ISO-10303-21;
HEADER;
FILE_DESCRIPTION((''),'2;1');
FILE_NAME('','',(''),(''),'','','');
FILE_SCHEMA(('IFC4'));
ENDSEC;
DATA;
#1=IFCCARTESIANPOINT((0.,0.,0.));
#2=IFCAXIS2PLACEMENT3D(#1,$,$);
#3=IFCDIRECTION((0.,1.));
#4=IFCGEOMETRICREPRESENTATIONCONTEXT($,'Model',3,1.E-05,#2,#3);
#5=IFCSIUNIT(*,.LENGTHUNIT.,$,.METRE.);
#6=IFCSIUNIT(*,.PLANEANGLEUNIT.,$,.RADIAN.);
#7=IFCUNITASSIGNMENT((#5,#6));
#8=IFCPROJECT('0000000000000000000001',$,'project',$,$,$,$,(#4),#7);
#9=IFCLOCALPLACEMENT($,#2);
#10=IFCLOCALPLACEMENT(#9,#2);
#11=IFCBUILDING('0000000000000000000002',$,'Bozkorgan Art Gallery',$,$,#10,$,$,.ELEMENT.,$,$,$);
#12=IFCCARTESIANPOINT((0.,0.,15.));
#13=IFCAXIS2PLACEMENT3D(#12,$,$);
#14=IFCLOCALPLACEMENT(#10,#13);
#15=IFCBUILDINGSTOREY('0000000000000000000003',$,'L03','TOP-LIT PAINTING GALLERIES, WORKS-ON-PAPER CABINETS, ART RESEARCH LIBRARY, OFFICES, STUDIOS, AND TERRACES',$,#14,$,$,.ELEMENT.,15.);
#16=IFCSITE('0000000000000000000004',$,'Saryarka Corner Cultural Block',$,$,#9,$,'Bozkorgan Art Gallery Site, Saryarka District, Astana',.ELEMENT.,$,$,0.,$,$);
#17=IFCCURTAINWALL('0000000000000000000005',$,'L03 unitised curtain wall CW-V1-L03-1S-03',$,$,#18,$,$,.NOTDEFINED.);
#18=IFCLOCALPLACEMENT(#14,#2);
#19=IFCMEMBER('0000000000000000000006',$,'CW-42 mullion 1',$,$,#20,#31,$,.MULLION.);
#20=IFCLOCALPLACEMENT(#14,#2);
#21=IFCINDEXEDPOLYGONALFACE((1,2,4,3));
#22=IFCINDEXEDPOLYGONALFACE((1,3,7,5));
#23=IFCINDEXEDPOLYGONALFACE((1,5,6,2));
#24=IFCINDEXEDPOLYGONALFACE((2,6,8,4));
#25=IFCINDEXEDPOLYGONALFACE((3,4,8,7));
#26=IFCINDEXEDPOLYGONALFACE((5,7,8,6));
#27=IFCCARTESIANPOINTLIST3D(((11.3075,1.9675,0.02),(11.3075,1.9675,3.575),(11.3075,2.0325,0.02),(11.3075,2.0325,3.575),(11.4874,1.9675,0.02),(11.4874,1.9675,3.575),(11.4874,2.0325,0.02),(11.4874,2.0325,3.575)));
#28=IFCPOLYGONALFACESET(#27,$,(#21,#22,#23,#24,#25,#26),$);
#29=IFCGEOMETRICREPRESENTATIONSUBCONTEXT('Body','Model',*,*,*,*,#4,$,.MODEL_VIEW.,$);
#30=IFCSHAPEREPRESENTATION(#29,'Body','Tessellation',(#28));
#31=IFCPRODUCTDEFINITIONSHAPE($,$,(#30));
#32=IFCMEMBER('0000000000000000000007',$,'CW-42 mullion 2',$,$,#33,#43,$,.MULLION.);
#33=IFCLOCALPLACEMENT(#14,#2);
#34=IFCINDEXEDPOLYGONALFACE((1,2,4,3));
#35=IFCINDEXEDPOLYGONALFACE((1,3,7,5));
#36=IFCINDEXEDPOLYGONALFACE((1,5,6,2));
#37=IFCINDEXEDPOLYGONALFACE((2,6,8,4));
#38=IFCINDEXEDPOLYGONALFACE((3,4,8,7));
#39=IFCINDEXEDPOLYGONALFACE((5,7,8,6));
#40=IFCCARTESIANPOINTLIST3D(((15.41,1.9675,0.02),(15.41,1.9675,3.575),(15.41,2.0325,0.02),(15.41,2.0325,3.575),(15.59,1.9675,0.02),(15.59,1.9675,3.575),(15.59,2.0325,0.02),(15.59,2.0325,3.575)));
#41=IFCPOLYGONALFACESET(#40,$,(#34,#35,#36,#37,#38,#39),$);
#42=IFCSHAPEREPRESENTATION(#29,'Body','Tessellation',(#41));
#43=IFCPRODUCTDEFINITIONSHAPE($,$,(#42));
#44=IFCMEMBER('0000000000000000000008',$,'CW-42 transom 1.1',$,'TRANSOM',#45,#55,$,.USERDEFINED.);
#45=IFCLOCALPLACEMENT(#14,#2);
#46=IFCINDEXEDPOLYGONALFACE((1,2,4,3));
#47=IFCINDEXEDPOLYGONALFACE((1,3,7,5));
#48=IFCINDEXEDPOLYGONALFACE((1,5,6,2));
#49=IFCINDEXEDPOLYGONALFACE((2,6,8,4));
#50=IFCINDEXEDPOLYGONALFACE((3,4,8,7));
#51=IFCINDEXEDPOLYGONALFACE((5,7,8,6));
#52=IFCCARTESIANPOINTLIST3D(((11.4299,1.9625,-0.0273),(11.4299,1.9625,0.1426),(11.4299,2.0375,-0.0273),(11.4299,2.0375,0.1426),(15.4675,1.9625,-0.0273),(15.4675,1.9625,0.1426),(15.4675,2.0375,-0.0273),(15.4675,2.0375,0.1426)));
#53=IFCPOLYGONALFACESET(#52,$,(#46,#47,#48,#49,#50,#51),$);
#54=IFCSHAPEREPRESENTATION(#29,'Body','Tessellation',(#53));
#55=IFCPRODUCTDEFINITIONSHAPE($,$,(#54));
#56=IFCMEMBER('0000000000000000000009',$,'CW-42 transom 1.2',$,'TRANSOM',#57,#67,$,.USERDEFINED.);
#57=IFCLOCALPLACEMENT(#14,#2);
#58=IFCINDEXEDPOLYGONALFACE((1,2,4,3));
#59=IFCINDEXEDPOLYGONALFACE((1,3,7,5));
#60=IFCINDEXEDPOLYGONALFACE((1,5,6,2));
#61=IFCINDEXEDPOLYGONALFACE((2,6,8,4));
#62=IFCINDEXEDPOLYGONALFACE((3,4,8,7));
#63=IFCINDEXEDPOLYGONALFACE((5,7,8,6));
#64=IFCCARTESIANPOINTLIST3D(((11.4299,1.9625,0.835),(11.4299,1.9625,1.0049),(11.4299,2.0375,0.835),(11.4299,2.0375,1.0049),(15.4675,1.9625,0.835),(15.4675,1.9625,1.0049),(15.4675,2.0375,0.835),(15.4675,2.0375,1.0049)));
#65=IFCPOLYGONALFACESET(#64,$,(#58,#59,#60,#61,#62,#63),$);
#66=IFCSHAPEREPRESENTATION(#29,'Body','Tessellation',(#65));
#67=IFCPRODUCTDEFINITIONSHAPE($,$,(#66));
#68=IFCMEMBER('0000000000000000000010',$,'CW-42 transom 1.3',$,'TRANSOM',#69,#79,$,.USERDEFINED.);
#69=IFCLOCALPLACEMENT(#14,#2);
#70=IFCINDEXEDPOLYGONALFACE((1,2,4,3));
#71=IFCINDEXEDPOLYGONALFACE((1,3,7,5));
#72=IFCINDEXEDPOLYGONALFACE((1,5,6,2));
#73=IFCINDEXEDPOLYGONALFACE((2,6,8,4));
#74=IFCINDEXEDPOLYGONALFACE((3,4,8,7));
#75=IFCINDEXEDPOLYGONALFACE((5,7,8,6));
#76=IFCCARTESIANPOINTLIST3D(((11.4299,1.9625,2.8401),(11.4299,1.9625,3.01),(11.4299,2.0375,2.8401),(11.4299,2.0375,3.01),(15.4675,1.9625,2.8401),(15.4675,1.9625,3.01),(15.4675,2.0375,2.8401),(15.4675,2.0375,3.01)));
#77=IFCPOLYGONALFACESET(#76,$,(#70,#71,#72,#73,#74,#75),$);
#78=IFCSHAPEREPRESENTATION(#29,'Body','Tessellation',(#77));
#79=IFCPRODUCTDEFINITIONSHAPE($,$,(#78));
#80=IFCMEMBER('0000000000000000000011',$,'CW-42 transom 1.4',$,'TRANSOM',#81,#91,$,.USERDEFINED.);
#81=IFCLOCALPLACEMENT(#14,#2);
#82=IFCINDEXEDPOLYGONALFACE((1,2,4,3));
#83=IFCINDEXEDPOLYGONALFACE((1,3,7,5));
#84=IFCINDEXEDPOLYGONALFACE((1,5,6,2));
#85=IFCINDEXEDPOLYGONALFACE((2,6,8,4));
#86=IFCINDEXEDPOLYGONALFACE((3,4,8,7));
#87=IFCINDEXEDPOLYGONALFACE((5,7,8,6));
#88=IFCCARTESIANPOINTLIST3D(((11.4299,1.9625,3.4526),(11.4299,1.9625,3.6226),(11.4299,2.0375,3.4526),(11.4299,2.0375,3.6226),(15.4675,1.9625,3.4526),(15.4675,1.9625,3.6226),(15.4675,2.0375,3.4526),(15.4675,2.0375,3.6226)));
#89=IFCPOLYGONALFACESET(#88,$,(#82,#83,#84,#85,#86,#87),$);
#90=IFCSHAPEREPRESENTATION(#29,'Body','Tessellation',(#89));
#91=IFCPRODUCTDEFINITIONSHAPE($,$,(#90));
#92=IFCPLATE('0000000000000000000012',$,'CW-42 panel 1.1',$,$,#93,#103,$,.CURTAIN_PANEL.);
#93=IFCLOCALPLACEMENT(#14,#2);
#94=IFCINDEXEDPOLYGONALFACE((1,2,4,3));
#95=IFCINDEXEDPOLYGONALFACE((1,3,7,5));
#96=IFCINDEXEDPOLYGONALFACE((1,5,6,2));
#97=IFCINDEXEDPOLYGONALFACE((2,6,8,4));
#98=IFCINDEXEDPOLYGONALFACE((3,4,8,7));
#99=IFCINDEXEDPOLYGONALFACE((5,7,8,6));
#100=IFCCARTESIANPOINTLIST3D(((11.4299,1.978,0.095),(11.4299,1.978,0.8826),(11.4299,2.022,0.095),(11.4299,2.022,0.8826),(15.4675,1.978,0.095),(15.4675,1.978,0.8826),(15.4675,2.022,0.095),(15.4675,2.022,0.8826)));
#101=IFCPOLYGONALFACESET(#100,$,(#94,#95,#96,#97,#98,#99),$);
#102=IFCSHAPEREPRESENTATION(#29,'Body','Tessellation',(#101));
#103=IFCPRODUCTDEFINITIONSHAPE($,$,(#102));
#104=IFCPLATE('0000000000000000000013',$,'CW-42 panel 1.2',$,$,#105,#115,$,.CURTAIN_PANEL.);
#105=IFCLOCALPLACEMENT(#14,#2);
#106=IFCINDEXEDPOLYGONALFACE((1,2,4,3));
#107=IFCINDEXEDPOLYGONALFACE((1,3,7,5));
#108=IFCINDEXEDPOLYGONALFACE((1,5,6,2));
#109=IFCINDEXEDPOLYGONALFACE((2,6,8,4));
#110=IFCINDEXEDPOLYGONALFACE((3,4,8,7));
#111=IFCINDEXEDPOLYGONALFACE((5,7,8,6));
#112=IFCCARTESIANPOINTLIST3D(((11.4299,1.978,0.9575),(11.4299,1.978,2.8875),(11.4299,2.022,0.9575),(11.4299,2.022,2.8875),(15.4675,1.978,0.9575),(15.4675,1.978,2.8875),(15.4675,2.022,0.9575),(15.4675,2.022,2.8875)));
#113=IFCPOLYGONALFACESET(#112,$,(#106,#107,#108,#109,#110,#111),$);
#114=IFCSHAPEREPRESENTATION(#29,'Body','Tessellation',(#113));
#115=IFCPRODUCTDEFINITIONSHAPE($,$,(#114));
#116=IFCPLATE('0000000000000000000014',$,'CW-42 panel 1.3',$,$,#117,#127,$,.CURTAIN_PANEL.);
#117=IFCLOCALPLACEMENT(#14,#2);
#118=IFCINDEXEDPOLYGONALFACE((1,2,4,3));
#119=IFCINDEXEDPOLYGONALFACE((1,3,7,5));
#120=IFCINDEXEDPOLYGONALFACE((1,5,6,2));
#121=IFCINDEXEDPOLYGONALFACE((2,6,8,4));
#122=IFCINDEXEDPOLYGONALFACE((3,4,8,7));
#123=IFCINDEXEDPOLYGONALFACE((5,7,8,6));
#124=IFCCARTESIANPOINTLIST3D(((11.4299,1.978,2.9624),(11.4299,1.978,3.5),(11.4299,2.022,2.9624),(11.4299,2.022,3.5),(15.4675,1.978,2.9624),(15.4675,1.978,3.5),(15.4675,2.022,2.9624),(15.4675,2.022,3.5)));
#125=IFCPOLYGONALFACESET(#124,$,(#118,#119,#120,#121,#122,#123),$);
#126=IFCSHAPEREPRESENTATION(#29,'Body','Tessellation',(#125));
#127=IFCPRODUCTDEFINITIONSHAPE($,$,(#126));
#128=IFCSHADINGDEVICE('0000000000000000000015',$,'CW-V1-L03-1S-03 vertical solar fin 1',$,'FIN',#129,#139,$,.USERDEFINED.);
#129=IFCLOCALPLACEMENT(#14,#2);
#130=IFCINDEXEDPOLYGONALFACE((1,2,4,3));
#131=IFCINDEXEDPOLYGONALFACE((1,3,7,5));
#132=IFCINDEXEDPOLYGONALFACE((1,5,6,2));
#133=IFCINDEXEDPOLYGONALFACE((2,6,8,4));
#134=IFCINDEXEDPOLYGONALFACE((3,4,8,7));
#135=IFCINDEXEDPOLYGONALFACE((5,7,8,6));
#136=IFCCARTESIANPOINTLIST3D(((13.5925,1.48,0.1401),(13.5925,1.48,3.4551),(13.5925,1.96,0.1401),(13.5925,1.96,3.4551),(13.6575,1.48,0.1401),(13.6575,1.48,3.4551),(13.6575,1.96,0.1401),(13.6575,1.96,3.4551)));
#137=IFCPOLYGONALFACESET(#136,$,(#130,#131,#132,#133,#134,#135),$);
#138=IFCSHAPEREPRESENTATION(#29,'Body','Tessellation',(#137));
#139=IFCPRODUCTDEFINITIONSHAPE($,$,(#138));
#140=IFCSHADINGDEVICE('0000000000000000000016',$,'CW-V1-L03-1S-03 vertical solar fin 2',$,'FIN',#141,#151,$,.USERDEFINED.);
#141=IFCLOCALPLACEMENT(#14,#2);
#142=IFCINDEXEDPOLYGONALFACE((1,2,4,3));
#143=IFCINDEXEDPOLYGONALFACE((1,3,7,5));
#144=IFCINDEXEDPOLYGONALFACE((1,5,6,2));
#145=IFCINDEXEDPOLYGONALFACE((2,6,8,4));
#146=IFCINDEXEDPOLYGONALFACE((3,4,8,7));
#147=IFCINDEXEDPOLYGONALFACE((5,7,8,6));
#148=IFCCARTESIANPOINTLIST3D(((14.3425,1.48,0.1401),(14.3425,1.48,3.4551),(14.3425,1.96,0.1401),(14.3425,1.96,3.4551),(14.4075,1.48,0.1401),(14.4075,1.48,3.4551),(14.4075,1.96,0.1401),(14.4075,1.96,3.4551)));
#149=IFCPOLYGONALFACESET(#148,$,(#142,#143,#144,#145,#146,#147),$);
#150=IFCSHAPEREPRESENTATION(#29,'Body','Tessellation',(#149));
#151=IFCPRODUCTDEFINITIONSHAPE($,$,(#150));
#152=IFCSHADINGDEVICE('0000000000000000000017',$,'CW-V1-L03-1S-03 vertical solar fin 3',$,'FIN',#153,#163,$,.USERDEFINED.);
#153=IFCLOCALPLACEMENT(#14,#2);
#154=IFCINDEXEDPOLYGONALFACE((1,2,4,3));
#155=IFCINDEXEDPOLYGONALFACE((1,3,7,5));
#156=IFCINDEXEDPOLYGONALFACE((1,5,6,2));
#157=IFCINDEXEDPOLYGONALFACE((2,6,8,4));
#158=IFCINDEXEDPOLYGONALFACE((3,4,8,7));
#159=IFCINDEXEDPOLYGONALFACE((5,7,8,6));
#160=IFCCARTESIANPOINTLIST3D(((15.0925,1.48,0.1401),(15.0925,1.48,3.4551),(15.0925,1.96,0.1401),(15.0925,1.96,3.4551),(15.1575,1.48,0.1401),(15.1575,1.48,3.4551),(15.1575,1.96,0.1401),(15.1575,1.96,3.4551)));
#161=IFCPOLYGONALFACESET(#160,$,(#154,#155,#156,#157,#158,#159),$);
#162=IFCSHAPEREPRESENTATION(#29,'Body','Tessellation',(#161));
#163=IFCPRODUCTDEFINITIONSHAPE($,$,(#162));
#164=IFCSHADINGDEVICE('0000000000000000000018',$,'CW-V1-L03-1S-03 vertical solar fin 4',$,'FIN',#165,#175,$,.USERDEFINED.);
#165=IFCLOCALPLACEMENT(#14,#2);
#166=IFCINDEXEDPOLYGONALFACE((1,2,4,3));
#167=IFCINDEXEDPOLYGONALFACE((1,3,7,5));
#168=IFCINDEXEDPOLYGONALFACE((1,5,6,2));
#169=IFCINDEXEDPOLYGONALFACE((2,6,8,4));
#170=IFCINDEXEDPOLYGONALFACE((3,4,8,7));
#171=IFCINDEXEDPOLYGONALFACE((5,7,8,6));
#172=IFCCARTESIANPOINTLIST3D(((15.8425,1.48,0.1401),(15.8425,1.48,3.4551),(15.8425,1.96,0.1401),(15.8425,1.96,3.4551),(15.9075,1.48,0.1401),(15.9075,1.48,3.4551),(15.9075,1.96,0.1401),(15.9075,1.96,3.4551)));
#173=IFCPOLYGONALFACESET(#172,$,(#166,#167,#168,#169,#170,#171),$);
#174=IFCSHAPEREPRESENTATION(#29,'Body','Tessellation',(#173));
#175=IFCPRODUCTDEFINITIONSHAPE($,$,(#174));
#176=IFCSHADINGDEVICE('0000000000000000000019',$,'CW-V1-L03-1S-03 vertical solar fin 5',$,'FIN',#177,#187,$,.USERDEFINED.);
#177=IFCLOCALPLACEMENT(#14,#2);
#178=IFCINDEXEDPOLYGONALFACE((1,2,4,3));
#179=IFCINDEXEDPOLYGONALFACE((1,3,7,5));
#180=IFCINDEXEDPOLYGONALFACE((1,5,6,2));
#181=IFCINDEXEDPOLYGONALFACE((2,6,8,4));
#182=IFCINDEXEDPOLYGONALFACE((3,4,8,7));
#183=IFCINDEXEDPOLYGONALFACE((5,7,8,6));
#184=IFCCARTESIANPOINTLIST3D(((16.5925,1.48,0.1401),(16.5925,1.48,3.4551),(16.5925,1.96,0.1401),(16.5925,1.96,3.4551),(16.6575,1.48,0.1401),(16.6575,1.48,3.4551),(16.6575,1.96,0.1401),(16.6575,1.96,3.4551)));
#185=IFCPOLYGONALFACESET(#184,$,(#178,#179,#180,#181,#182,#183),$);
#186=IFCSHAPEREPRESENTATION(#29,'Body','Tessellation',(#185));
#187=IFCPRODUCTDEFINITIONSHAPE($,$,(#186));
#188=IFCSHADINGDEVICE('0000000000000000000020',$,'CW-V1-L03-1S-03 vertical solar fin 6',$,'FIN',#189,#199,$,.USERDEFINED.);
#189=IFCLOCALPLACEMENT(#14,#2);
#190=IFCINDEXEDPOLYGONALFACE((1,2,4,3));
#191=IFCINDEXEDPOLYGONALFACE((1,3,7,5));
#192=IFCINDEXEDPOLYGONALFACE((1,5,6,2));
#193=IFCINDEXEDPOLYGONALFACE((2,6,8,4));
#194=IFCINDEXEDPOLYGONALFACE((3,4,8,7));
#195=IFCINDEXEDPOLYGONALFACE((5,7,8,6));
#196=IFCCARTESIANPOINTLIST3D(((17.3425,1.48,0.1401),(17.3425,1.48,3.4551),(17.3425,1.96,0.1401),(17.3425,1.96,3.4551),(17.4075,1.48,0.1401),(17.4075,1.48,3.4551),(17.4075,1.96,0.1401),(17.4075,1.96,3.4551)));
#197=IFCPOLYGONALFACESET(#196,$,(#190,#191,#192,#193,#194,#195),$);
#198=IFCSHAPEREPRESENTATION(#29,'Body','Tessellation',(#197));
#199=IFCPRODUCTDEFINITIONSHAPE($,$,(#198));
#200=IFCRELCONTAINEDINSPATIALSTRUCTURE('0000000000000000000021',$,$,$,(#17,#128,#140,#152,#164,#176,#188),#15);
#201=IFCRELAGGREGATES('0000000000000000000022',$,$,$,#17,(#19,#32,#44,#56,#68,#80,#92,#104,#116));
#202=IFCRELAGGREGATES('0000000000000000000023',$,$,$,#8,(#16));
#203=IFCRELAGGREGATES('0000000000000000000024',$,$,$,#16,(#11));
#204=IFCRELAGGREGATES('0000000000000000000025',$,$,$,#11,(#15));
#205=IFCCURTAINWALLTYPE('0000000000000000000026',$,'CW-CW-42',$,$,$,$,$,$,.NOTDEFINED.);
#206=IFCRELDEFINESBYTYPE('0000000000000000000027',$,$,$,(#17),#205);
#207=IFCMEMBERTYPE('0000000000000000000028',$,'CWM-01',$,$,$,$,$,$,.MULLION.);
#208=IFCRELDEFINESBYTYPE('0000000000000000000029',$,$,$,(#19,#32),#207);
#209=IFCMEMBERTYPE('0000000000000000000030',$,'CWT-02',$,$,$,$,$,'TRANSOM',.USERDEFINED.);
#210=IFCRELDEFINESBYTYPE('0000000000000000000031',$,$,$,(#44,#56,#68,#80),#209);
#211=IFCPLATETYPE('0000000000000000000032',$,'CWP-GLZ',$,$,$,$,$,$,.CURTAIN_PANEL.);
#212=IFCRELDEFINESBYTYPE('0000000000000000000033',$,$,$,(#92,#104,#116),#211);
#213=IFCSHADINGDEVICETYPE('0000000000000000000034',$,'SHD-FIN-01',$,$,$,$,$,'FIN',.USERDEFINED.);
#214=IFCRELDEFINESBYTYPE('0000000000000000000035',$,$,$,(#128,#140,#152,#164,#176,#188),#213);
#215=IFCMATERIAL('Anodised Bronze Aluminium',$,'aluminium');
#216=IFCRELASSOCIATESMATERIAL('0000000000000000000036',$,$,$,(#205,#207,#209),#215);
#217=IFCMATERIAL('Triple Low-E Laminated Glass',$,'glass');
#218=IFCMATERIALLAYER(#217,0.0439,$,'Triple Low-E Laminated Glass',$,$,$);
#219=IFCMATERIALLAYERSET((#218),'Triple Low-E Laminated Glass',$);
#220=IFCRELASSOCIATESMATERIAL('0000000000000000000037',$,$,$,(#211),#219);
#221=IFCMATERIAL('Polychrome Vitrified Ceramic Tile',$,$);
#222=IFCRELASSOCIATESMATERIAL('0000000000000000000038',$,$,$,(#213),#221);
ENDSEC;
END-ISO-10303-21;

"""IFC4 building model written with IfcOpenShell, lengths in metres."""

from ifc_helpers import new_model, si_unit, direction, frame, origin, origin_2d, place, context, subcontext, project, spatial, rectangle, extrude, material, layer, layer_set, material_profile, profile_set, type_object, element, aggregate, save


model = new_model("IFC4")

# Units and contexts
model_context = context("Model", 3, precision=1e-05, world=origin(), true_north=direction((0.0, 1.0)))
body_context = subcontext(model_context, "Body", "Model", "MODEL_VIEW")
ifc_project = project(units=[si_unit("LENGTHUNIT", "METRE"), si_unit("PLANEANGLEUNIT", "RADIAN")], contexts=[model_context])

# Site, building, storey
site_placement = place(None, origin())
site = spatial("IfcSite", under=ifc_project, at=site_placement, Name="Saryarka Corner Cultural Block", LongName="Bozkorgan Art Gallery Site, Saryarka District, Astana", CompositionType="ELEMENT", RefElevation=0.0)
building_placement = place(site_placement, origin())
building = spatial("IfcBuilding", under=site, at=building_placement, Name="Bozkorgan Art Gallery", CompositionType="ELEMENT")
storey_placement = place(building_placement, frame((0.0, 0.0, 15.0)))
storey = spatial("IfcBuildingStorey", under=building, at=storey_placement, Name="L03", Description="TOP-LIT PAINTING GALLERIES, WORKS-ON-PAPER CABINETS, ART RESEARCH LIBRARY, OFFICES, STUDIOS, AND TERRACES", CompositionType="ELEMENT", Elevation=15.0)

# Curtain wall, members, plates
ifc_material_1 = material(Name="Anodised Bronze Aluminium", Category="aluminium")
curtain_wall_type = type_object("IfcCurtainWallType", Name="CW-CW-42", PredefinedType="NOTDEFINED", material=ifc_material_1)
curtain_wall_placement = place(storey_placement, origin())
curtain_wall = element("IfcCurtainWall", 1, at=curtain_wall_placement, inside=storey, type_object=curtain_wall_type, Name="L03 unitised curtain wall CW-V1-L03-1S-03", PredefinedType="NOTDEFINED")
ifc_material_profile_1 = material_profile(ifc_material_1, rectangle(XDim=0.0649, YDim=0.1799, at=origin_2d()), Name="ALU MULLION 65x180")
ifc_profile_set_1 = profile_set([ifc_material_profile_1], Name="Anodised Bronze Aluminium")
member_type_1 = type_object("IfcMemberType", Name="CWM-01", PredefinedType="MULLION", material=ifc_profile_set_1)
member_1_placement = place(storey_placement, frame((11.3975, 2.0, 0.02), z_axis=(0.0, 0.0, 1.0), x_axis=(0.0, 1.0, 0.0)))
member_1 = element("IfcMember", 2, at=member_1_placement, type_object=member_type_1, Name="CW-42 mullion 1", PredefinedType="MULLION", context=body_context, shape_type="SweptSolid", body=[
    extrude(rectangle(XDim=0.0649, YDim=0.1799, at=origin_2d()), origin(), (0.0, 0.0, 1.0), 3.5549),
])
member_2_placement = place(storey_placement, frame((15.5, 2.0, 0.02), z_axis=(0.0, 0.0, 1.0), x_axis=(0.0, 1.0, 0.0)))
member_2 = element("IfcMember", 3, at=member_2_placement, type_object=member_type_1, Name="CW-42 mullion 2", PredefinedType="MULLION", context=body_context, shape_type="SweptSolid", body=[
    extrude(rectangle(XDim=0.0649, YDim=0.1799, at=origin_2d()), origin(), (0.0, 0.0, 1.0), 3.5549),
])
ifc_material_profile_2 = material_profile(ifc_material_1, rectangle(XDim=0.075, YDim=0.1699, at=origin_2d()), Name="ALU TRANSOM 75x170")
ifc_profile_set_2 = profile_set([ifc_material_profile_2], Name="Anodised Bronze Aluminium")
member_type_2 = type_object("IfcMemberType", Name="CWT-02", ElementType="TRANSOM", PredefinedType="USERDEFINED", material=ifc_profile_set_2)
member_3_placement = place(storey_placement, frame((11.4299, 2.0, 0.0576), z_axis=(1.0, 0.0, 0.0), x_axis=(0.0, 1.0, 0.0)))
member_3 = element("IfcMember", 4, at=member_3_placement, type_object=member_type_2, Name="CW-42 transom 1.1", ObjectType="TRANSOM", PredefinedType="USERDEFINED", context=body_context, shape_type="SweptSolid", body=[
    extrude(rectangle(XDim=0.075, YDim=0.1699, at=origin_2d()), origin(), (0.0, 0.0, 1.0), 4.0376),
])
member_4_placement = place(storey_placement, frame((11.4299, 2.0, 0.9199), z_axis=(1.0, 0.0, 0.0), x_axis=(0.0, 1.0, 0.0)))
member_4 = element("IfcMember", 5, at=member_4_placement, type_object=member_type_2, Name="CW-42 transom 1.2", ObjectType="TRANSOM", PredefinedType="USERDEFINED", context=body_context, shape_type="SweptSolid", body=[
    extrude(rectangle(XDim=0.075, YDim=0.1699, at=origin_2d()), origin(), (0.0, 0.0, 1.0), 4.0376),
])
member_5_placement = place(storey_placement, frame((11.4299, 2.0, 2.925), z_axis=(1.0, 0.0, 0.0), x_axis=(0.0, 1.0, 0.0)))
member_5 = element("IfcMember", 6, at=member_5_placement, type_object=member_type_2, Name="CW-42 transom 1.3", ObjectType="TRANSOM", PredefinedType="USERDEFINED", context=body_context, shape_type="SweptSolid", body=[
    extrude(rectangle(XDim=0.075, YDim=0.1699, at=origin_2d()), origin(), (0.0, 0.0, 1.0), 4.0376),
])
member_6_placement = place(storey_placement, frame((11.4299, 2.0, 3.5376), z_axis=(1.0, 0.0, 0.0), x_axis=(0.0, 1.0, 0.0)))
member_6 = element("IfcMember", 7, at=member_6_placement, type_object=member_type_2, Name="CW-42 transom 1.4", ObjectType="TRANSOM", PredefinedType="USERDEFINED", context=body_context, shape_type="SweptSolid", body=[
    extrude(rectangle(XDim=0.075, YDim=0.1699, at=origin_2d()), origin(), (0.0, 0.0, 1.0), 4.0376),
])
ifc_material_2 = material(Name="Triple Low-E Laminated Glass", Category="glass")
ifc_layer = layer(ifc_material_2, 0.0439, Name="Triple Low-E Laminated Glass")
ifc_layer_set = layer_set([ifc_layer], Name="Triple Low-E Laminated Glass")
plate_type = type_object("IfcPlateType", Name="CWP-GLZ", PredefinedType="CURTAIN_PANEL", material=ifc_layer_set)
plate_1_placement = place(storey_placement, frame((13.4487, 2.0, 0.095), z_axis=(0.0, 0.0, 1.0), x_axis=(1.0, 0.0, 0.0)))
plate_1 = element("IfcPlate", 8, at=plate_1_placement, type_object=plate_type, Name="CW-42 panel 1.1", PredefinedType="CURTAIN_PANEL", context=body_context, shape_type="SweptSolid", body=[
    extrude(rectangle(XDim=4.0376, YDim=0.0439, at=origin_2d()), origin(), (0.0, 0.0, 1.0), 0.7876),
])
plate_2_placement = place(storey_placement, frame((13.4487, 2.0, 0.9575), z_axis=(0.0, 0.0, 1.0), x_axis=(1.0, 0.0, 0.0)))
plate_2 = element("IfcPlate", 9, at=plate_2_placement, type_object=plate_type, Name="CW-42 panel 1.2", PredefinedType="CURTAIN_PANEL", context=body_context, shape_type="SweptSolid", body=[
    extrude(rectangle(XDim=4.0376, YDim=0.0439, at=origin_2d()), origin(), (0.0, 0.0, 1.0), 1.9299),
])
plate_3_placement = place(storey_placement, frame((13.4487, 2.0, 2.9624), z_axis=(0.0, 0.0, 1.0), x_axis=(1.0, 0.0, 0.0)))
plate_3 = element("IfcPlate", 10, at=plate_3_placement, type_object=plate_type, Name="CW-42 panel 1.3", PredefinedType="CURTAIN_PANEL", context=body_context, shape_type="SweptSolid", body=[
    extrude(rectangle(XDim=4.0376, YDim=0.0439, at=origin_2d()), origin(), (0.0, 0.0, 1.0), 0.5376),
])
aggregate(curtain_wall, [member_1, member_2, member_3, member_4, member_5, member_6, plate_1, plate_2, plate_3])

# Shading devices
ifc_material_3 = material(Name="Polychrome Vitrified Ceramic Tile")
shading_device_type = type_object("IfcShadingDeviceType", Name="SHD-FIN-01", ElementType="FIN", PredefinedType="USERDEFINED", material=ifc_material_3)
for number, where, z_axis, x_axis, name in (
    (11, (13.625, 1.72, 0.1401), (0.0, 0.0, 1.0), (0.0, -1.0, 0.0), "CW-V1-L03-1S-03 vertical solar fin 1"),
    (12, (14.375, 1.72, 0.1401), (0.0, 0.0, 1.0), (0.0, -1.0, 0.0), "CW-V1-L03-1S-03 vertical solar fin 2"),
    (13, (15.125, 1.72, 0.1401), (0.0, 0.0, 1.0), (0.0, -1.0, 0.0), "CW-V1-L03-1S-03 vertical solar fin 3"),
    (14, (15.875, 1.72, 0.1401), (0.0, 0.0, 1.0), (0.0, -1.0, 0.0), "CW-V1-L03-1S-03 vertical solar fin 4"),
    (15, (16.625, 1.72, 0.1401), (0.0, 0.0, 1.0), (0.0, -1.0, 0.0), "CW-V1-L03-1S-03 vertical solar fin 5"),
    (16, (17.375, 1.72, 0.1401), (0.0, 0.0, 1.0), (0.0, -1.0, 0.0), "CW-V1-L03-1S-03 vertical solar fin 6"),
):
    element("IfcShadingDevice", number, at=place(storey_placement, frame(where, z_axis=z_axis, x_axis=x_axis)), inside=storey, type_object=shading_device_type, Name=name, ObjectType="FIN", PredefinedType="USERDEFINED", context=body_context, shape_type="SweptSolid", body=[
        extrude(rectangle(XDim=0.48, YDim=0.0649, at=origin_2d()), origin(), (0.0, 0.0, 1.0), 3.3149),
    ])

save(model, "model.ifc")
